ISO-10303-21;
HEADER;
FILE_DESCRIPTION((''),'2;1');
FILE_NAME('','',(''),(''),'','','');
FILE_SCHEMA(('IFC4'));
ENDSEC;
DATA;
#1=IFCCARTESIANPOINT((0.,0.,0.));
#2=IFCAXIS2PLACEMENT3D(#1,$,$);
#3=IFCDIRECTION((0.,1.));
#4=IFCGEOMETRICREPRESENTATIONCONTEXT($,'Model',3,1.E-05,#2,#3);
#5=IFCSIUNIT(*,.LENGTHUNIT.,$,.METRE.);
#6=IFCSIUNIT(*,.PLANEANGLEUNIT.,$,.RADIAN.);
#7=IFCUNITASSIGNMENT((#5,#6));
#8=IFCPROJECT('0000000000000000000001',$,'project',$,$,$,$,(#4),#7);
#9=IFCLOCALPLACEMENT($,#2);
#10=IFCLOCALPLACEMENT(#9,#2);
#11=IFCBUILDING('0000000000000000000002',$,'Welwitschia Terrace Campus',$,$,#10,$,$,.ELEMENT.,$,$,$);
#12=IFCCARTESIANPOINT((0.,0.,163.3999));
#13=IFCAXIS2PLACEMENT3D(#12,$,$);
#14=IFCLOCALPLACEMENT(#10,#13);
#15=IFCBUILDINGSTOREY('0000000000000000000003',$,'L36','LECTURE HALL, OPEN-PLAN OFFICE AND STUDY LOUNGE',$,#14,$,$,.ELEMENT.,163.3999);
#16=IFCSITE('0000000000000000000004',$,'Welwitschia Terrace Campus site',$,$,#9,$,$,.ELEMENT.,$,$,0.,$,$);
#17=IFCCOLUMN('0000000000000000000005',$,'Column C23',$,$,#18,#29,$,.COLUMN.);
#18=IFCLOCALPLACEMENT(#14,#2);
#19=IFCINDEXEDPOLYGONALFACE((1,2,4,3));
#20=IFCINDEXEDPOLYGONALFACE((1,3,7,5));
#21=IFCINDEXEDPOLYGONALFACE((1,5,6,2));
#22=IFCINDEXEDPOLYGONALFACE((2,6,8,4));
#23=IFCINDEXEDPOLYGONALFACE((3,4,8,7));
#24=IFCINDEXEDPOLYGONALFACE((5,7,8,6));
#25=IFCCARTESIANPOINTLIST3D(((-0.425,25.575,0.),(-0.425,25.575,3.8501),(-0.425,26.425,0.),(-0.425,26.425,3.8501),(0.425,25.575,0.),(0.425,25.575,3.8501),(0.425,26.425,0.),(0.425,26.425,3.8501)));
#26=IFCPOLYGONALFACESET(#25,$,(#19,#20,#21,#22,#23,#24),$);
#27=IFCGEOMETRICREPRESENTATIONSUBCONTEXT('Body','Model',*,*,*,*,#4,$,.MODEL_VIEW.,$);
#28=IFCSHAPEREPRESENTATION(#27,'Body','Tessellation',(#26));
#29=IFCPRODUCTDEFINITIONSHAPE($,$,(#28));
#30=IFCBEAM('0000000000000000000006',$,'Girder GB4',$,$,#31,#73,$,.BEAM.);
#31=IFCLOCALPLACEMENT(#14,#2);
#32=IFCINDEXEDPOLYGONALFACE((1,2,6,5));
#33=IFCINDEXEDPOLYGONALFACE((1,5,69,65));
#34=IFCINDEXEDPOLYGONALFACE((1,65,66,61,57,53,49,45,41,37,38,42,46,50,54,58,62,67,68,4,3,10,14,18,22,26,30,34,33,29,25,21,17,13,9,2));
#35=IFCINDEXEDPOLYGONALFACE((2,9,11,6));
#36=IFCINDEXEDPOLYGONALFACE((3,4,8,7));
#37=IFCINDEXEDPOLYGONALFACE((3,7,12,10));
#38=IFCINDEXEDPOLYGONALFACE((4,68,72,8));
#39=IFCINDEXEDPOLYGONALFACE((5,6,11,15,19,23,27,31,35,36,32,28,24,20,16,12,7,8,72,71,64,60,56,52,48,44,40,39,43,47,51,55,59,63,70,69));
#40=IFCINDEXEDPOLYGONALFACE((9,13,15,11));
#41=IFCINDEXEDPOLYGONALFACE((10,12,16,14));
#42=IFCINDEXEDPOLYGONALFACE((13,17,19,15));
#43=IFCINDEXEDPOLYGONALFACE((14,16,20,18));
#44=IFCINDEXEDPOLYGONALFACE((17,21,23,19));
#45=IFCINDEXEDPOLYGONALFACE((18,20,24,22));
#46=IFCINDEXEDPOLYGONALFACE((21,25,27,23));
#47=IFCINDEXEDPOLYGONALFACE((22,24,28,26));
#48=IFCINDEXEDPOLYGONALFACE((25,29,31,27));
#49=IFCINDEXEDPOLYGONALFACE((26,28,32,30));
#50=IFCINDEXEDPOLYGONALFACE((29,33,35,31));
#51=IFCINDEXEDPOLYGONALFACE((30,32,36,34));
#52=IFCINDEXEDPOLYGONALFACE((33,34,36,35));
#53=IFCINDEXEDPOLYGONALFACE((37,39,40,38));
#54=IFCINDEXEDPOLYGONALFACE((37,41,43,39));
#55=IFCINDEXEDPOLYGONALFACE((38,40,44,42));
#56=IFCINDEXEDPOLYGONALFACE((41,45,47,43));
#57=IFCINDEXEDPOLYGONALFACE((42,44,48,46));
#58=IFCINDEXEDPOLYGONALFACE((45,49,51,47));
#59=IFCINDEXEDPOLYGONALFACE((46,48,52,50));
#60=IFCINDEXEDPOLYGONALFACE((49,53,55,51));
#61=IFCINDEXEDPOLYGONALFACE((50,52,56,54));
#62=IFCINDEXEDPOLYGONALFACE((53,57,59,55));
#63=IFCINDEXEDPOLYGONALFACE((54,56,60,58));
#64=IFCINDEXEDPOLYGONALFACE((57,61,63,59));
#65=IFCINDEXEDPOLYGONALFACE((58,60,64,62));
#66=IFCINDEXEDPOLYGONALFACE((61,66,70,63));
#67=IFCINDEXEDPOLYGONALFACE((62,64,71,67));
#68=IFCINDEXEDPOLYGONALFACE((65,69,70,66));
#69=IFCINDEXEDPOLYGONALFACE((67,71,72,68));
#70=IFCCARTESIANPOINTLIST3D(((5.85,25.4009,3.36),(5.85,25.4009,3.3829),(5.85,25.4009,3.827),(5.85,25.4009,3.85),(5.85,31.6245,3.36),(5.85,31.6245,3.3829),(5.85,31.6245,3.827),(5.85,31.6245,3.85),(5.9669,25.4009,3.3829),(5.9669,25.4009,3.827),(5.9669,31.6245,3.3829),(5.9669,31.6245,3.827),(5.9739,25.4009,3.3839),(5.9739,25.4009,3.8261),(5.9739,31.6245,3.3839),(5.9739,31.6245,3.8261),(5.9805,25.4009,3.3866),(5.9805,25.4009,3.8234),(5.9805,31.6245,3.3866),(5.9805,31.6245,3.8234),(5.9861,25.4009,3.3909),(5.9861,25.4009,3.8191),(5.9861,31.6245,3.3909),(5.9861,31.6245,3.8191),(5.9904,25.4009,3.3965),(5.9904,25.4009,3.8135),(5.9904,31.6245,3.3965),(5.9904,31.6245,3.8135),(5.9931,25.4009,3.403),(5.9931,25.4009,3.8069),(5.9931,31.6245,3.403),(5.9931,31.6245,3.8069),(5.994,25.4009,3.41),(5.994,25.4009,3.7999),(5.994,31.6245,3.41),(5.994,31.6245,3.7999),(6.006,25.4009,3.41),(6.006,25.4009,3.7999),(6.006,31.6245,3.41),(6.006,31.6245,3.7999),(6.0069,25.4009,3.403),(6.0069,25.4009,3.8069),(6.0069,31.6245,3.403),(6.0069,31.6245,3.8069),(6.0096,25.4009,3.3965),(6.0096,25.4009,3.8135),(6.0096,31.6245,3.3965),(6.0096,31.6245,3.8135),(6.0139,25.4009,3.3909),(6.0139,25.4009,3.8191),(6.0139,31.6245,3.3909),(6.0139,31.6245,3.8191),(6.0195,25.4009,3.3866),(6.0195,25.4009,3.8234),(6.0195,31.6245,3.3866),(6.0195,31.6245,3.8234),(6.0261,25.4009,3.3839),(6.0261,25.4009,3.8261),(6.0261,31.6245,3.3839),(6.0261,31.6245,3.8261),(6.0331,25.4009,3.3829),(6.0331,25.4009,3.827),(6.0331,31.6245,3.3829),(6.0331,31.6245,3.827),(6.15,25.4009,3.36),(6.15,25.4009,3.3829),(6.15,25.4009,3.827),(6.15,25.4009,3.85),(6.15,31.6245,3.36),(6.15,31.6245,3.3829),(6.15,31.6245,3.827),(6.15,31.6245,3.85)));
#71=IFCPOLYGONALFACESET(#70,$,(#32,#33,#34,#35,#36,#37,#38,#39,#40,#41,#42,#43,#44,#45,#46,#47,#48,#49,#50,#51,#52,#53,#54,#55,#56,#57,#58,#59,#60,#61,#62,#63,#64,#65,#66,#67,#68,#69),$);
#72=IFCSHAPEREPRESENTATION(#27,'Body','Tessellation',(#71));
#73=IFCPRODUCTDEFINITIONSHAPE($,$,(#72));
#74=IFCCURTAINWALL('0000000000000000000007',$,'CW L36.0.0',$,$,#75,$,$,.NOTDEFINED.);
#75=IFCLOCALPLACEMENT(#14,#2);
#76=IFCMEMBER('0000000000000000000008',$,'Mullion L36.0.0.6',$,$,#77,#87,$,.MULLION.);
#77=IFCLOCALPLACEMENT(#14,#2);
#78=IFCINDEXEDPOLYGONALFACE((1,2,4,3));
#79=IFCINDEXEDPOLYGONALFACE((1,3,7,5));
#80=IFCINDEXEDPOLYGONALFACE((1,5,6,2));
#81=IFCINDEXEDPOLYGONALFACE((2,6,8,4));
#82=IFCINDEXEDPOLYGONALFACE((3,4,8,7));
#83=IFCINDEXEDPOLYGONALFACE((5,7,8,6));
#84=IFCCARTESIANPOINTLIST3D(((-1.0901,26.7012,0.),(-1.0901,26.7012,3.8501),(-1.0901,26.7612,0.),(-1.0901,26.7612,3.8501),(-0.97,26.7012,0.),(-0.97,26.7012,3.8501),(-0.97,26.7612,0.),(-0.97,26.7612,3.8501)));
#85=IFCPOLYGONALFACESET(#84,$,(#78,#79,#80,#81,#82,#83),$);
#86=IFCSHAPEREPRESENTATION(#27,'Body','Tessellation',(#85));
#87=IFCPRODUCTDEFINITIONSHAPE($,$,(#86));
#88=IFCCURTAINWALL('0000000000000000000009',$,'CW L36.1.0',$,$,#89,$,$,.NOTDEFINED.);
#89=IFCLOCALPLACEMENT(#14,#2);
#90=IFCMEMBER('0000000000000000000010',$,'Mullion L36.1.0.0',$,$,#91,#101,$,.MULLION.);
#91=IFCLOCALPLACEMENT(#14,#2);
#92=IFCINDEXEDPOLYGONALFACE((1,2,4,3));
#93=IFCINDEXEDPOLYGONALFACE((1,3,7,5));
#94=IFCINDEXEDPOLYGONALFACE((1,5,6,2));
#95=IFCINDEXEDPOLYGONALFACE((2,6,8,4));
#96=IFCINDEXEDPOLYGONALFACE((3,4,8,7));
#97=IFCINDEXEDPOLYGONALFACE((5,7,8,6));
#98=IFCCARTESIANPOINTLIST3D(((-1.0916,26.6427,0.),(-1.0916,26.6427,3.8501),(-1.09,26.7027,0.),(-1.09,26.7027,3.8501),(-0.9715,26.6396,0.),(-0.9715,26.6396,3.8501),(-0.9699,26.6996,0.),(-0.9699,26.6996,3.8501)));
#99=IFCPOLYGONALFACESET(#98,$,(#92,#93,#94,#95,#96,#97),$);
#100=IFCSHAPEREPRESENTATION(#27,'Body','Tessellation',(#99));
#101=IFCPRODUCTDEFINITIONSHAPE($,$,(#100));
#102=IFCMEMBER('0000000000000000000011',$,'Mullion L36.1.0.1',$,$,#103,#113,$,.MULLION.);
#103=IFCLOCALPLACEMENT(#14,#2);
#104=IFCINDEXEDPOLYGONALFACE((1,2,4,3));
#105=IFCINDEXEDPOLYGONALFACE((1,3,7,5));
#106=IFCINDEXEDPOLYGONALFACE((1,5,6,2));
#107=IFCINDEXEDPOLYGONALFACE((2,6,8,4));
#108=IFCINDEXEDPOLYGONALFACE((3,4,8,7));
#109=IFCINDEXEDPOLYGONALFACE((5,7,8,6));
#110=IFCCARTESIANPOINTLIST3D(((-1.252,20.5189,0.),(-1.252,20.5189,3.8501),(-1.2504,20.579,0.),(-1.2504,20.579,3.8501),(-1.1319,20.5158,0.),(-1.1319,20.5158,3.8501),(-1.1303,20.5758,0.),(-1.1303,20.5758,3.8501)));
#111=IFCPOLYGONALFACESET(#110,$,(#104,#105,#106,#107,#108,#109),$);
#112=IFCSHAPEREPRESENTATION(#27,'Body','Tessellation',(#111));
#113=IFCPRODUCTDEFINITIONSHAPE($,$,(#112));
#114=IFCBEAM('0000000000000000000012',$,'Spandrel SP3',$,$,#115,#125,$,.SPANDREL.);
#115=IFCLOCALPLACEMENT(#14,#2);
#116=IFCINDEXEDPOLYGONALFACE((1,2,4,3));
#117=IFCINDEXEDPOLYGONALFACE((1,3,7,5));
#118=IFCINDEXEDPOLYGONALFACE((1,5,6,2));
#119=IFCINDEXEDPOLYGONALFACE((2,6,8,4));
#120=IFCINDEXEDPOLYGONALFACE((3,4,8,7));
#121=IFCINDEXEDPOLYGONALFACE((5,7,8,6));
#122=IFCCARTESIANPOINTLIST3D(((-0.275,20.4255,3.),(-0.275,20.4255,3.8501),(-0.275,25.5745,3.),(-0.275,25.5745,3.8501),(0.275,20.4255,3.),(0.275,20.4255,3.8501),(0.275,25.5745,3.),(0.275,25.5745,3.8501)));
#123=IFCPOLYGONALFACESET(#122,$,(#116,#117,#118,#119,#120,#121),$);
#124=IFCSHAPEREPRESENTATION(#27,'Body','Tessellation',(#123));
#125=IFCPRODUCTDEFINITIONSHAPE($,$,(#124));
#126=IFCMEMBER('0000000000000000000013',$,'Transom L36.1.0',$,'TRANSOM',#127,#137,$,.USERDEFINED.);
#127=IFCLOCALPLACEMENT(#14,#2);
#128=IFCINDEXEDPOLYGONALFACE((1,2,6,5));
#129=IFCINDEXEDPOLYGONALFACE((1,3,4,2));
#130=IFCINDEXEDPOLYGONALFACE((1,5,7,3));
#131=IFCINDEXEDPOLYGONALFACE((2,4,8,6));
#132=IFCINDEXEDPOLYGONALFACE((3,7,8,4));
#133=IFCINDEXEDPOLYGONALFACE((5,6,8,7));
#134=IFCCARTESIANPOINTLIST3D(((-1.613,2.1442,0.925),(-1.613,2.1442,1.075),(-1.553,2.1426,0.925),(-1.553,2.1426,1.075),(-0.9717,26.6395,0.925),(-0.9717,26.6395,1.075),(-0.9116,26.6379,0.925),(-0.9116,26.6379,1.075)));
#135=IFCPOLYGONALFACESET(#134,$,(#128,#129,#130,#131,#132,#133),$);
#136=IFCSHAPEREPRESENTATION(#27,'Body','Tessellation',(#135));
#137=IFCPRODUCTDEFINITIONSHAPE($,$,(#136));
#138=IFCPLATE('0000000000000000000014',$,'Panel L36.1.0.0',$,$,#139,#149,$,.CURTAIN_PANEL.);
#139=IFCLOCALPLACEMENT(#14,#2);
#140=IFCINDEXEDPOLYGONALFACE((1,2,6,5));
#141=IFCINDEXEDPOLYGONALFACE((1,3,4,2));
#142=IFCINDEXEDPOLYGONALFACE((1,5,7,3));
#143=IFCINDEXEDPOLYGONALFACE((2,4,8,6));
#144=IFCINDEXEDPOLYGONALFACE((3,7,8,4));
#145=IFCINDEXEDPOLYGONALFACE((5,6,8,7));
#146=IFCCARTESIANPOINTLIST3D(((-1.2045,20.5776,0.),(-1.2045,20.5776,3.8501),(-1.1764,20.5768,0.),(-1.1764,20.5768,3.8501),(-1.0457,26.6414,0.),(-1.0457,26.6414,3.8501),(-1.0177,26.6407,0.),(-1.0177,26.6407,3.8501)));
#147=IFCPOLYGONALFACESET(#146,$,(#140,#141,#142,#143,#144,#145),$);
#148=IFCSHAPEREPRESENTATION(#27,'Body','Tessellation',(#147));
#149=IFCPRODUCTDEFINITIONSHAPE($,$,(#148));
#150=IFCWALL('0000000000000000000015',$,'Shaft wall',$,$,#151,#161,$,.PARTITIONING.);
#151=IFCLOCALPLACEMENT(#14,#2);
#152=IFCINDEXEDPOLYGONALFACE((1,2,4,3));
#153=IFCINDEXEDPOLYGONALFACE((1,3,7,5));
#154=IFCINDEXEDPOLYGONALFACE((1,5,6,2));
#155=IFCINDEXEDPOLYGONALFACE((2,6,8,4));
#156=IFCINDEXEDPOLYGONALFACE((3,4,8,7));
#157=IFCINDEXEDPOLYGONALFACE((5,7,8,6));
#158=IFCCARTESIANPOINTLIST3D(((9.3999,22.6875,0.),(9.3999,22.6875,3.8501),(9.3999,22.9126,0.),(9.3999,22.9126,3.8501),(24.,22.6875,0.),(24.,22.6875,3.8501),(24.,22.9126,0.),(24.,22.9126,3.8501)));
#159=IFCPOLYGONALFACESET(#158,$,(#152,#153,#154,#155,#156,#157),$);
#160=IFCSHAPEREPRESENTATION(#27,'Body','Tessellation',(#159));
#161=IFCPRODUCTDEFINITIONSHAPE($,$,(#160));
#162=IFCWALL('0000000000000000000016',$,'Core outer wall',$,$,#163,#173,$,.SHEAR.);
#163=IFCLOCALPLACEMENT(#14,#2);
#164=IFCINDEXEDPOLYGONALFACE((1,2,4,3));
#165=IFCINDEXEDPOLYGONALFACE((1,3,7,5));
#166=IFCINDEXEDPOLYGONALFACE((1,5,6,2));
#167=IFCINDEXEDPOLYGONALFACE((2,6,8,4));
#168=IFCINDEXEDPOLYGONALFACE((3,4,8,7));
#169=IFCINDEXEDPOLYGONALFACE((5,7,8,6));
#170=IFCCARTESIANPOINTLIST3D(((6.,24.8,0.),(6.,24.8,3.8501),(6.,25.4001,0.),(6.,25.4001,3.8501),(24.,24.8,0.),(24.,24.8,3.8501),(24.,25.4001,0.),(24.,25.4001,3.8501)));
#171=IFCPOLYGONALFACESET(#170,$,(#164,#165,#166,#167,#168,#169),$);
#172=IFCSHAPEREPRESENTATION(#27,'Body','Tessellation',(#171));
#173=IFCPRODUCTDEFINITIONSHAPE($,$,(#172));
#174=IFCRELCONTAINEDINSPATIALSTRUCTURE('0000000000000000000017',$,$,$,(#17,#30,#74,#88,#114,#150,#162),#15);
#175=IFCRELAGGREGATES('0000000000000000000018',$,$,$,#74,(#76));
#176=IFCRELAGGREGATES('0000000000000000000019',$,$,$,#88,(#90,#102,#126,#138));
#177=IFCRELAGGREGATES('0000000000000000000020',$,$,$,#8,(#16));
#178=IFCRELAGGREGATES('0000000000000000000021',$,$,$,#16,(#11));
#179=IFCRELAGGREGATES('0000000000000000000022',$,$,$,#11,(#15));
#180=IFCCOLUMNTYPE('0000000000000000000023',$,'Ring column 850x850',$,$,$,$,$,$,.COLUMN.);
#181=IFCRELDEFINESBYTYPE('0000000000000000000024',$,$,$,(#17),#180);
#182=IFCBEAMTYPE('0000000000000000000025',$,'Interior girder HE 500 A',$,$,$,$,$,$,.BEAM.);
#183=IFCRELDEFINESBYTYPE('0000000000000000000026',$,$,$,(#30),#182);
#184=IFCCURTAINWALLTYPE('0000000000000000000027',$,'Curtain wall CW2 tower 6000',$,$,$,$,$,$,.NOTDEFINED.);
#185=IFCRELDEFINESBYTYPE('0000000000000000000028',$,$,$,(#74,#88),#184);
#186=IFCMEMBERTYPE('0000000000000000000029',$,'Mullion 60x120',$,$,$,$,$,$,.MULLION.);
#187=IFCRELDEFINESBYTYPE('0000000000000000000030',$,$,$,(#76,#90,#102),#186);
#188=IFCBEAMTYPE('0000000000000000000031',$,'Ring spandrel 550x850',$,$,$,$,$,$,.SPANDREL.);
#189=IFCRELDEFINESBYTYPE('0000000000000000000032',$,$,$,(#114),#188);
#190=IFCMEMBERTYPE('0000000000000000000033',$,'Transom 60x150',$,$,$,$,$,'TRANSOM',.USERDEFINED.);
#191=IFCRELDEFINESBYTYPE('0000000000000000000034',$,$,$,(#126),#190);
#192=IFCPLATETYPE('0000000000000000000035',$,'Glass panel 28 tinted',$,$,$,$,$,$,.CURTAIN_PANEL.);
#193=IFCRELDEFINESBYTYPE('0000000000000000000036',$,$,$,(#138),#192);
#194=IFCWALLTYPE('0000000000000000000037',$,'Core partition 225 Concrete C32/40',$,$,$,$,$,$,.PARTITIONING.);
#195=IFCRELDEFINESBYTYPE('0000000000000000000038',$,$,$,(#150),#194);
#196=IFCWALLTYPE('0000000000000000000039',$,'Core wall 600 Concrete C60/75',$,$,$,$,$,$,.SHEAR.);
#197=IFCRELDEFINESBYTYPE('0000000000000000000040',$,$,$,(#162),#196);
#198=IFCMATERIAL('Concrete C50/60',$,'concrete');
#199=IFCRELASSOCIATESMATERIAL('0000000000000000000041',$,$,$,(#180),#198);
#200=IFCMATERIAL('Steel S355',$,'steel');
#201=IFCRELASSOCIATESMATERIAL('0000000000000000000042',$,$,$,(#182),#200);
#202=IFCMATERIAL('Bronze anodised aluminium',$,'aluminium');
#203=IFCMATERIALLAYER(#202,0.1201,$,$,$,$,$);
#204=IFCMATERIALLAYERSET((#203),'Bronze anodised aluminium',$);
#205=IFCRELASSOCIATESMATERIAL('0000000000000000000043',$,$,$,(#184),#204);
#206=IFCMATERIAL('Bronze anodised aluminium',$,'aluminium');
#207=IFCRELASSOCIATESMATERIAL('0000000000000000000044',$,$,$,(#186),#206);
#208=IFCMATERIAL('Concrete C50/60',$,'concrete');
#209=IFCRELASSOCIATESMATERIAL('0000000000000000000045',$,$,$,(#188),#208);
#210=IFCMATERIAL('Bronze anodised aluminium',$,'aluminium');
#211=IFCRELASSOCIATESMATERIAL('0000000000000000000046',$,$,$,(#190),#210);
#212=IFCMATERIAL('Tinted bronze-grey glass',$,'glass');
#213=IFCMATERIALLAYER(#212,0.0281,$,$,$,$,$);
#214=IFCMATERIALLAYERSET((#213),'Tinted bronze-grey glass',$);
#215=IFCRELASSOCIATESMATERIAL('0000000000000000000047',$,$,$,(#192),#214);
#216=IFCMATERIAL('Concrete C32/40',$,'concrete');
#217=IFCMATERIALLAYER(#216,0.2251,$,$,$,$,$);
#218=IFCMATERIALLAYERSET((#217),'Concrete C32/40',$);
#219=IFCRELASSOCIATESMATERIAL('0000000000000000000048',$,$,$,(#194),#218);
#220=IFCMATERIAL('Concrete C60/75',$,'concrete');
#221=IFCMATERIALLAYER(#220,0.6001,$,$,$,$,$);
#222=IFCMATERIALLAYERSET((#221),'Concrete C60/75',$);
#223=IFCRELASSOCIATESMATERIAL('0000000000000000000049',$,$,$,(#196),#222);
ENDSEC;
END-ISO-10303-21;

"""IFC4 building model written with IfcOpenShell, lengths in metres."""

from ifc_helpers import new_model, si_unit, direction, frame, frame_2d, origin, origin_2d, place, context, subcontext, project, spatial, rectangle, i_section, extrude, material, layer, layer_set, material_profile, profile_set, type_object, element, aggregate, save


model = new_model("IFC4")

# Units and contexts
model_context = context("Model", 3, precision=1e-05, world=origin(), true_north=direction((0.0, 1.0)))
body_context = subcontext(model_context, "Body", "Model", "MODEL_VIEW")
ifc_project = project(units=[si_unit("LENGTHUNIT", "METRE"), si_unit("PLANEANGLEUNIT", "RADIAN")], contexts=[model_context])

# Site, building, storey
site_placement = place(None, origin())
site = spatial("IfcSite", under=ifc_project, at=site_placement, Name="Welwitschia Terrace Campus site", CompositionType="ELEMENT", RefElevation=0.0)
building_placement = place(site_placement, origin())
building = spatial("IfcBuilding", under=site, at=building_placement, Name="Welwitschia Terrace Campus", CompositionType="ELEMENT")
storey_placement = place(building_placement, frame((0.0, 0.0, 163.3999)))
storey = spatial("IfcBuildingStorey", under=building, at=storey_placement, Name="L36", Description="LECTURE HALL, OPEN-PLAN OFFICE AND STUDY LOUNGE", CompositionType="ELEMENT", Elevation=163.3999)

# Column
ifc_material_1 = material(Name="Concrete C50/60", Category="concrete")
ifc_material_profile_1 = material_profile(ifc_material_1, rectangle(XDim=0.8501, YDim=0.8501, at=origin_2d()))
ifc_profile_set_1 = profile_set([ifc_material_profile_1], Name="Concrete C50/60")
column_type = type_object("IfcColumnType", Name="Ring column 850x850", PredefinedType="COLUMN", material=ifc_profile_set_1)
column_placement = place(storey_placement, frame((0.0, 26.0, 0.0), z_axis=(0.0, 0.0, 1.0), x_axis=(1.0, 0.0, 0.0)))
element("IfcColumn", 1, at=column_placement, inside=storey, type_object=column_type, Name="Column C23", PredefinedType="COLUMN", context=body_context, shape_type="SweptSolid", body=[
    extrude(rectangle(XDim=0.8501, YDim=0.8501, at=origin_2d()), origin(), (0.0, 0.0, 1.0), 3.8501),
])

# Beam
ifc_material_2 = material(Name="Steel S355", Category="steel")
ifc_material_profile_2 = material_profile(ifc_material_2, i_section(OverallWidth=0.3, OverallDepth=0.49, WebThickness=0.012, FlangeThickness=0.0229, FilletRadius=0.0271, at=origin_2d()))
ifc_profile_set_2 = profile_set([ifc_material_profile_2], Name="Steel S355")
beam_type_1 = type_object("IfcBeamType", Name="Interior girder HE 500 A", PredefinedType="BEAM", material=ifc_profile_set_2)
beam_1_placement = place(storey_placement, frame((6.0, 25.4009, 3.605), z_axis=(0.0, 1.0, 0.0), x_axis=(-1.0, 0.0, 0.0)))
element("IfcBeam", 2, at=beam_1_placement, inside=storey, type_object=beam_type_1, Name="Girder GB4", PredefinedType="BEAM", context=body_context, shape_type="SweptSolid", body=[
    extrude(i_section(OverallWidth=0.3, OverallDepth=0.49, WebThickness=0.012, FlangeThickness=0.0229, FilletRadius=0.0271, at=origin_2d()), origin(), (0.0, 0.0, 1.0), 6.2236),
])

# Curtain wall, member
ifc_material_3 = material(Name="Bronze anodised aluminium", Category="aluminium")
ifc_layer_1 = layer(ifc_material_3, 0.1201)
ifc_layer_set_1 = layer_set([ifc_layer_1], Name="Bronze anodised aluminium")
curtain_wall_type = type_object("IfcCurtainWallType", Name="Curtain wall CW2 tower 6000", PredefinedType="NOTDEFINED", material=ifc_layer_set_1)
curtain_wall_1_placement = place(storey_placement, origin())
curtain_wall_1 = element("IfcCurtainWall", 3, at=curtain_wall_1_placement, inside=storey, type_object=curtain_wall_type, Name="CW L36.0.0", PredefinedType="NOTDEFINED")
ifc_material_4 = material(Name="Bronze anodised aluminium", Category="aluminium")
ifc_material_profile_3 = material_profile(ifc_material_4, rectangle(XDim=0.1201, YDim=0.0601, at=origin_2d()))
ifc_profile_set_3 = profile_set([ifc_material_profile_3], Name="Bronze anodised aluminium")
member_type_1 = type_object("IfcMemberType", Name="Mullion 60x120", PredefinedType="MULLION", material=ifc_profile_set_3)
member_1_placement = place(storey_placement, frame((-1.03, 26.7312, 0.0), z_axis=(0.0, 0.0, 1.0), x_axis=(1.0, 0.0, 0.0)))
member_1 = element("IfcMember", 4, at=member_1_placement, type_object=member_type_1, Name="Mullion L36.0.0.6", PredefinedType="MULLION", context=body_context, shape_type="SweptSolid", body=[
    extrude(rectangle(XDim=0.1201, YDim=0.0601, at=origin_2d()), origin(), (0.0, 0.0, 1.0), 3.8501),
])
aggregate(curtain_wall_1, [member_1])

# Curtain wall, members
curtain_wall_2_placement = place(storey_placement, origin())
curtain_wall_2 = element("IfcCurtainWall", 5, at=curtain_wall_2_placement, inside=storey, type_object=curtain_wall_type, Name="CW L36.1.0", PredefinedType="NOTDEFINED")
member_2_placement = place(storey_placement, frame((-1.0308, 26.6711, 0.0), z_axis=(0.0, 0.0, 1.0), x_axis=(0.999657, -0.026177, 0.0)))
member_2 = element("IfcMember", 6, at=member_2_placement, type_object=member_type_1, Name="Mullion L36.1.0.0", PredefinedType="MULLION", context=body_context, shape_type="SweptSolid", body=[
    extrude(rectangle(XDim=0.1201, YDim=0.0601, at=origin_2d()), origin(), (0.0, 0.0, 1.0), 3.8501),
])
member_3_placement = place(storey_placement, frame((-1.1912, 20.5474, 0.0), z_axis=(0.0, 0.0, 1.0), x_axis=(0.999657, -0.026177, 0.0)))
member_3 = element("IfcMember", 7, at=member_3_placement, type_object=member_type_1, Name="Mullion L36.1.0.1", PredefinedType="MULLION", context=body_context, shape_type="SweptSolid", body=[
    extrude(rectangle(XDim=0.1201, YDim=0.0601, at=origin_2d()), origin(), (0.0, 0.0, 1.0), 3.8501),
])

# Beam
ifc_material_5 = material(Name="Concrete C50/60", Category="concrete")
ifc_material_profile_4 = material_profile(ifc_material_5, rectangle(XDim=0.55, YDim=0.8501, at=origin_2d()))
ifc_profile_set_4 = profile_set([ifc_material_profile_4], Name="Concrete C50/60")
beam_type_2 = type_object("IfcBeamType", Name="Ring spandrel 550x850", PredefinedType="SPANDREL", material=ifc_profile_set_4)
beam_2_placement = place(storey_placement, frame((0.0, 25.5745, 3.425), z_axis=(0.0, -1.0, 0.0), x_axis=(1.0, 0.0, 0.0)))
element("IfcBeam", 8, at=beam_2_placement, inside=storey, type_object=beam_type_2, Name="Spandrel SP3", PredefinedType="SPANDREL", context=body_context, shape_type="SweptSolid", body=[
    extrude(rectangle(XDim=0.55, YDim=0.8501, at=origin_2d()), origin(), (0.0, 0.0, 1.0), 5.1489),
])

# Member
ifc_material_6 = material(Name="Bronze anodised aluminium", Category="aluminium")
ifc_material_profile_5 = material_profile(ifc_material_6, rectangle(XDim=0.0601, YDim=0.1499, at=origin_2d()))
ifc_profile_set_5 = profile_set([ifc_material_profile_5], Name="Bronze anodised aluminium")
member_type_2 = type_object("IfcMemberType", Name="Transom 60x150", ElementType="TRANSOM", PredefinedType="USERDEFINED", material=ifc_profile_set_5)
member_4_placement = place(storey_placement, frame((-0.9417, 26.6387, 1.0), z_axis=(-0.026174, -0.999657, 0.0), x_axis=(0.999657, -0.026174, 0.0)))
member_4 = element("IfcMember", 9, at=member_4_placement, type_object=member_type_2, Name="Transom L36.1.0", ObjectType="TRANSOM", PredefinedType="USERDEFINED", context=body_context, shape_type="SweptSolid", body=[
    extrude(rectangle(XDim=0.0601, YDim=0.1499, at=origin_2d()), origin(), (0.0, 0.0, 1.0), 24.5037),
])

# Plate
ifc_material_7 = material(Name="Tinted bronze-grey glass", Category="glass")
ifc_layer_2 = layer(ifc_material_7, 0.0281)
ifc_layer_set_2 = layer_set([ifc_layer_2], Name="Tinted bronze-grey glass")
plate_type = type_object("IfcPlateType", Name="Glass panel 28 tinted", PredefinedType="CURTAIN_PANEL", material=ifc_layer_set_2)
plate_placement = place(storey_placement, frame((-1.1111, 23.6091, 0.0), z_axis=(0.0, 0.0, 1.0), x_axis=(-0.026177, -0.999657, 0.0)))
plate = element("IfcPlate", 10, at=plate_placement, type_object=plate_type, Name="Panel L36.1.0.0", PredefinedType="CURTAIN_PANEL", context=body_context, shape_type="SweptSolid", body=[
    extrude(rectangle(XDim=6.0659, YDim=0.0281, at=origin_2d()), origin(), (0.0, 0.0, 1.0), 3.8501),
])
aggregate(curtain_wall_2, [member_2, member_3, member_4, plate])

# Walls
ifc_material_8 = material(Name="Concrete C32/40", Category="concrete")
ifc_layer_3 = layer(ifc_material_8, 0.2251)
ifc_layer_set_3 = layer_set([ifc_layer_3], Name="Concrete C32/40")
wall_type_1 = type_object("IfcWallType", Name="Core partition 225 Concrete C32/40", PredefinedType="PARTITIONING", material=ifc_layer_set_3)
wall_1_placement = place(storey_placement, frame((9.3999, 22.8, 0.0), z_axis=(0.0, 0.0, 1.0), x_axis=(1.0, 0.0, 0.0)))
element("IfcWall", 11, at=wall_1_placement, inside=storey, type_object=wall_type_1, Name="Shaft wall", PredefinedType="PARTITIONING", context=body_context, shape_type="SweptSolid", body=[
    extrude(rectangle(XDim=14.6001, YDim=0.2251, at=frame_2d((7.3, 0.0))), origin(), (0.0, 0.0, 1.0), 3.8501),
])
ifc_material_9 = material(Name="Concrete C60/75", Category="concrete")
ifc_layer_4 = layer(ifc_material_9, 0.6001)
ifc_layer_set_4 = layer_set([ifc_layer_4], Name="Concrete C60/75")
wall_type_2 = type_object("IfcWallType", Name="Core wall 600 Concrete C60/75", PredefinedType="SHEAR", material=ifc_layer_set_4)
wall_2_placement = place(storey_placement, frame((6.0, 25.1001, 0.0), z_axis=(0.0, 0.0, 1.0), x_axis=(1.0, 0.0, 0.0)))
element("IfcWall", 12, at=wall_2_placement, inside=storey, type_object=wall_type_2, Name="Core outer wall", PredefinedType="SHEAR", context=body_context, shape_type="SweptSolid", body=[
    extrude(rectangle(XDim=18.0, YDim=0.6001, at=frame_2d((9.0, 0.0))), origin(), (0.0, 0.0, 1.0), 3.8501),
])

save(model, "model.ifc")
